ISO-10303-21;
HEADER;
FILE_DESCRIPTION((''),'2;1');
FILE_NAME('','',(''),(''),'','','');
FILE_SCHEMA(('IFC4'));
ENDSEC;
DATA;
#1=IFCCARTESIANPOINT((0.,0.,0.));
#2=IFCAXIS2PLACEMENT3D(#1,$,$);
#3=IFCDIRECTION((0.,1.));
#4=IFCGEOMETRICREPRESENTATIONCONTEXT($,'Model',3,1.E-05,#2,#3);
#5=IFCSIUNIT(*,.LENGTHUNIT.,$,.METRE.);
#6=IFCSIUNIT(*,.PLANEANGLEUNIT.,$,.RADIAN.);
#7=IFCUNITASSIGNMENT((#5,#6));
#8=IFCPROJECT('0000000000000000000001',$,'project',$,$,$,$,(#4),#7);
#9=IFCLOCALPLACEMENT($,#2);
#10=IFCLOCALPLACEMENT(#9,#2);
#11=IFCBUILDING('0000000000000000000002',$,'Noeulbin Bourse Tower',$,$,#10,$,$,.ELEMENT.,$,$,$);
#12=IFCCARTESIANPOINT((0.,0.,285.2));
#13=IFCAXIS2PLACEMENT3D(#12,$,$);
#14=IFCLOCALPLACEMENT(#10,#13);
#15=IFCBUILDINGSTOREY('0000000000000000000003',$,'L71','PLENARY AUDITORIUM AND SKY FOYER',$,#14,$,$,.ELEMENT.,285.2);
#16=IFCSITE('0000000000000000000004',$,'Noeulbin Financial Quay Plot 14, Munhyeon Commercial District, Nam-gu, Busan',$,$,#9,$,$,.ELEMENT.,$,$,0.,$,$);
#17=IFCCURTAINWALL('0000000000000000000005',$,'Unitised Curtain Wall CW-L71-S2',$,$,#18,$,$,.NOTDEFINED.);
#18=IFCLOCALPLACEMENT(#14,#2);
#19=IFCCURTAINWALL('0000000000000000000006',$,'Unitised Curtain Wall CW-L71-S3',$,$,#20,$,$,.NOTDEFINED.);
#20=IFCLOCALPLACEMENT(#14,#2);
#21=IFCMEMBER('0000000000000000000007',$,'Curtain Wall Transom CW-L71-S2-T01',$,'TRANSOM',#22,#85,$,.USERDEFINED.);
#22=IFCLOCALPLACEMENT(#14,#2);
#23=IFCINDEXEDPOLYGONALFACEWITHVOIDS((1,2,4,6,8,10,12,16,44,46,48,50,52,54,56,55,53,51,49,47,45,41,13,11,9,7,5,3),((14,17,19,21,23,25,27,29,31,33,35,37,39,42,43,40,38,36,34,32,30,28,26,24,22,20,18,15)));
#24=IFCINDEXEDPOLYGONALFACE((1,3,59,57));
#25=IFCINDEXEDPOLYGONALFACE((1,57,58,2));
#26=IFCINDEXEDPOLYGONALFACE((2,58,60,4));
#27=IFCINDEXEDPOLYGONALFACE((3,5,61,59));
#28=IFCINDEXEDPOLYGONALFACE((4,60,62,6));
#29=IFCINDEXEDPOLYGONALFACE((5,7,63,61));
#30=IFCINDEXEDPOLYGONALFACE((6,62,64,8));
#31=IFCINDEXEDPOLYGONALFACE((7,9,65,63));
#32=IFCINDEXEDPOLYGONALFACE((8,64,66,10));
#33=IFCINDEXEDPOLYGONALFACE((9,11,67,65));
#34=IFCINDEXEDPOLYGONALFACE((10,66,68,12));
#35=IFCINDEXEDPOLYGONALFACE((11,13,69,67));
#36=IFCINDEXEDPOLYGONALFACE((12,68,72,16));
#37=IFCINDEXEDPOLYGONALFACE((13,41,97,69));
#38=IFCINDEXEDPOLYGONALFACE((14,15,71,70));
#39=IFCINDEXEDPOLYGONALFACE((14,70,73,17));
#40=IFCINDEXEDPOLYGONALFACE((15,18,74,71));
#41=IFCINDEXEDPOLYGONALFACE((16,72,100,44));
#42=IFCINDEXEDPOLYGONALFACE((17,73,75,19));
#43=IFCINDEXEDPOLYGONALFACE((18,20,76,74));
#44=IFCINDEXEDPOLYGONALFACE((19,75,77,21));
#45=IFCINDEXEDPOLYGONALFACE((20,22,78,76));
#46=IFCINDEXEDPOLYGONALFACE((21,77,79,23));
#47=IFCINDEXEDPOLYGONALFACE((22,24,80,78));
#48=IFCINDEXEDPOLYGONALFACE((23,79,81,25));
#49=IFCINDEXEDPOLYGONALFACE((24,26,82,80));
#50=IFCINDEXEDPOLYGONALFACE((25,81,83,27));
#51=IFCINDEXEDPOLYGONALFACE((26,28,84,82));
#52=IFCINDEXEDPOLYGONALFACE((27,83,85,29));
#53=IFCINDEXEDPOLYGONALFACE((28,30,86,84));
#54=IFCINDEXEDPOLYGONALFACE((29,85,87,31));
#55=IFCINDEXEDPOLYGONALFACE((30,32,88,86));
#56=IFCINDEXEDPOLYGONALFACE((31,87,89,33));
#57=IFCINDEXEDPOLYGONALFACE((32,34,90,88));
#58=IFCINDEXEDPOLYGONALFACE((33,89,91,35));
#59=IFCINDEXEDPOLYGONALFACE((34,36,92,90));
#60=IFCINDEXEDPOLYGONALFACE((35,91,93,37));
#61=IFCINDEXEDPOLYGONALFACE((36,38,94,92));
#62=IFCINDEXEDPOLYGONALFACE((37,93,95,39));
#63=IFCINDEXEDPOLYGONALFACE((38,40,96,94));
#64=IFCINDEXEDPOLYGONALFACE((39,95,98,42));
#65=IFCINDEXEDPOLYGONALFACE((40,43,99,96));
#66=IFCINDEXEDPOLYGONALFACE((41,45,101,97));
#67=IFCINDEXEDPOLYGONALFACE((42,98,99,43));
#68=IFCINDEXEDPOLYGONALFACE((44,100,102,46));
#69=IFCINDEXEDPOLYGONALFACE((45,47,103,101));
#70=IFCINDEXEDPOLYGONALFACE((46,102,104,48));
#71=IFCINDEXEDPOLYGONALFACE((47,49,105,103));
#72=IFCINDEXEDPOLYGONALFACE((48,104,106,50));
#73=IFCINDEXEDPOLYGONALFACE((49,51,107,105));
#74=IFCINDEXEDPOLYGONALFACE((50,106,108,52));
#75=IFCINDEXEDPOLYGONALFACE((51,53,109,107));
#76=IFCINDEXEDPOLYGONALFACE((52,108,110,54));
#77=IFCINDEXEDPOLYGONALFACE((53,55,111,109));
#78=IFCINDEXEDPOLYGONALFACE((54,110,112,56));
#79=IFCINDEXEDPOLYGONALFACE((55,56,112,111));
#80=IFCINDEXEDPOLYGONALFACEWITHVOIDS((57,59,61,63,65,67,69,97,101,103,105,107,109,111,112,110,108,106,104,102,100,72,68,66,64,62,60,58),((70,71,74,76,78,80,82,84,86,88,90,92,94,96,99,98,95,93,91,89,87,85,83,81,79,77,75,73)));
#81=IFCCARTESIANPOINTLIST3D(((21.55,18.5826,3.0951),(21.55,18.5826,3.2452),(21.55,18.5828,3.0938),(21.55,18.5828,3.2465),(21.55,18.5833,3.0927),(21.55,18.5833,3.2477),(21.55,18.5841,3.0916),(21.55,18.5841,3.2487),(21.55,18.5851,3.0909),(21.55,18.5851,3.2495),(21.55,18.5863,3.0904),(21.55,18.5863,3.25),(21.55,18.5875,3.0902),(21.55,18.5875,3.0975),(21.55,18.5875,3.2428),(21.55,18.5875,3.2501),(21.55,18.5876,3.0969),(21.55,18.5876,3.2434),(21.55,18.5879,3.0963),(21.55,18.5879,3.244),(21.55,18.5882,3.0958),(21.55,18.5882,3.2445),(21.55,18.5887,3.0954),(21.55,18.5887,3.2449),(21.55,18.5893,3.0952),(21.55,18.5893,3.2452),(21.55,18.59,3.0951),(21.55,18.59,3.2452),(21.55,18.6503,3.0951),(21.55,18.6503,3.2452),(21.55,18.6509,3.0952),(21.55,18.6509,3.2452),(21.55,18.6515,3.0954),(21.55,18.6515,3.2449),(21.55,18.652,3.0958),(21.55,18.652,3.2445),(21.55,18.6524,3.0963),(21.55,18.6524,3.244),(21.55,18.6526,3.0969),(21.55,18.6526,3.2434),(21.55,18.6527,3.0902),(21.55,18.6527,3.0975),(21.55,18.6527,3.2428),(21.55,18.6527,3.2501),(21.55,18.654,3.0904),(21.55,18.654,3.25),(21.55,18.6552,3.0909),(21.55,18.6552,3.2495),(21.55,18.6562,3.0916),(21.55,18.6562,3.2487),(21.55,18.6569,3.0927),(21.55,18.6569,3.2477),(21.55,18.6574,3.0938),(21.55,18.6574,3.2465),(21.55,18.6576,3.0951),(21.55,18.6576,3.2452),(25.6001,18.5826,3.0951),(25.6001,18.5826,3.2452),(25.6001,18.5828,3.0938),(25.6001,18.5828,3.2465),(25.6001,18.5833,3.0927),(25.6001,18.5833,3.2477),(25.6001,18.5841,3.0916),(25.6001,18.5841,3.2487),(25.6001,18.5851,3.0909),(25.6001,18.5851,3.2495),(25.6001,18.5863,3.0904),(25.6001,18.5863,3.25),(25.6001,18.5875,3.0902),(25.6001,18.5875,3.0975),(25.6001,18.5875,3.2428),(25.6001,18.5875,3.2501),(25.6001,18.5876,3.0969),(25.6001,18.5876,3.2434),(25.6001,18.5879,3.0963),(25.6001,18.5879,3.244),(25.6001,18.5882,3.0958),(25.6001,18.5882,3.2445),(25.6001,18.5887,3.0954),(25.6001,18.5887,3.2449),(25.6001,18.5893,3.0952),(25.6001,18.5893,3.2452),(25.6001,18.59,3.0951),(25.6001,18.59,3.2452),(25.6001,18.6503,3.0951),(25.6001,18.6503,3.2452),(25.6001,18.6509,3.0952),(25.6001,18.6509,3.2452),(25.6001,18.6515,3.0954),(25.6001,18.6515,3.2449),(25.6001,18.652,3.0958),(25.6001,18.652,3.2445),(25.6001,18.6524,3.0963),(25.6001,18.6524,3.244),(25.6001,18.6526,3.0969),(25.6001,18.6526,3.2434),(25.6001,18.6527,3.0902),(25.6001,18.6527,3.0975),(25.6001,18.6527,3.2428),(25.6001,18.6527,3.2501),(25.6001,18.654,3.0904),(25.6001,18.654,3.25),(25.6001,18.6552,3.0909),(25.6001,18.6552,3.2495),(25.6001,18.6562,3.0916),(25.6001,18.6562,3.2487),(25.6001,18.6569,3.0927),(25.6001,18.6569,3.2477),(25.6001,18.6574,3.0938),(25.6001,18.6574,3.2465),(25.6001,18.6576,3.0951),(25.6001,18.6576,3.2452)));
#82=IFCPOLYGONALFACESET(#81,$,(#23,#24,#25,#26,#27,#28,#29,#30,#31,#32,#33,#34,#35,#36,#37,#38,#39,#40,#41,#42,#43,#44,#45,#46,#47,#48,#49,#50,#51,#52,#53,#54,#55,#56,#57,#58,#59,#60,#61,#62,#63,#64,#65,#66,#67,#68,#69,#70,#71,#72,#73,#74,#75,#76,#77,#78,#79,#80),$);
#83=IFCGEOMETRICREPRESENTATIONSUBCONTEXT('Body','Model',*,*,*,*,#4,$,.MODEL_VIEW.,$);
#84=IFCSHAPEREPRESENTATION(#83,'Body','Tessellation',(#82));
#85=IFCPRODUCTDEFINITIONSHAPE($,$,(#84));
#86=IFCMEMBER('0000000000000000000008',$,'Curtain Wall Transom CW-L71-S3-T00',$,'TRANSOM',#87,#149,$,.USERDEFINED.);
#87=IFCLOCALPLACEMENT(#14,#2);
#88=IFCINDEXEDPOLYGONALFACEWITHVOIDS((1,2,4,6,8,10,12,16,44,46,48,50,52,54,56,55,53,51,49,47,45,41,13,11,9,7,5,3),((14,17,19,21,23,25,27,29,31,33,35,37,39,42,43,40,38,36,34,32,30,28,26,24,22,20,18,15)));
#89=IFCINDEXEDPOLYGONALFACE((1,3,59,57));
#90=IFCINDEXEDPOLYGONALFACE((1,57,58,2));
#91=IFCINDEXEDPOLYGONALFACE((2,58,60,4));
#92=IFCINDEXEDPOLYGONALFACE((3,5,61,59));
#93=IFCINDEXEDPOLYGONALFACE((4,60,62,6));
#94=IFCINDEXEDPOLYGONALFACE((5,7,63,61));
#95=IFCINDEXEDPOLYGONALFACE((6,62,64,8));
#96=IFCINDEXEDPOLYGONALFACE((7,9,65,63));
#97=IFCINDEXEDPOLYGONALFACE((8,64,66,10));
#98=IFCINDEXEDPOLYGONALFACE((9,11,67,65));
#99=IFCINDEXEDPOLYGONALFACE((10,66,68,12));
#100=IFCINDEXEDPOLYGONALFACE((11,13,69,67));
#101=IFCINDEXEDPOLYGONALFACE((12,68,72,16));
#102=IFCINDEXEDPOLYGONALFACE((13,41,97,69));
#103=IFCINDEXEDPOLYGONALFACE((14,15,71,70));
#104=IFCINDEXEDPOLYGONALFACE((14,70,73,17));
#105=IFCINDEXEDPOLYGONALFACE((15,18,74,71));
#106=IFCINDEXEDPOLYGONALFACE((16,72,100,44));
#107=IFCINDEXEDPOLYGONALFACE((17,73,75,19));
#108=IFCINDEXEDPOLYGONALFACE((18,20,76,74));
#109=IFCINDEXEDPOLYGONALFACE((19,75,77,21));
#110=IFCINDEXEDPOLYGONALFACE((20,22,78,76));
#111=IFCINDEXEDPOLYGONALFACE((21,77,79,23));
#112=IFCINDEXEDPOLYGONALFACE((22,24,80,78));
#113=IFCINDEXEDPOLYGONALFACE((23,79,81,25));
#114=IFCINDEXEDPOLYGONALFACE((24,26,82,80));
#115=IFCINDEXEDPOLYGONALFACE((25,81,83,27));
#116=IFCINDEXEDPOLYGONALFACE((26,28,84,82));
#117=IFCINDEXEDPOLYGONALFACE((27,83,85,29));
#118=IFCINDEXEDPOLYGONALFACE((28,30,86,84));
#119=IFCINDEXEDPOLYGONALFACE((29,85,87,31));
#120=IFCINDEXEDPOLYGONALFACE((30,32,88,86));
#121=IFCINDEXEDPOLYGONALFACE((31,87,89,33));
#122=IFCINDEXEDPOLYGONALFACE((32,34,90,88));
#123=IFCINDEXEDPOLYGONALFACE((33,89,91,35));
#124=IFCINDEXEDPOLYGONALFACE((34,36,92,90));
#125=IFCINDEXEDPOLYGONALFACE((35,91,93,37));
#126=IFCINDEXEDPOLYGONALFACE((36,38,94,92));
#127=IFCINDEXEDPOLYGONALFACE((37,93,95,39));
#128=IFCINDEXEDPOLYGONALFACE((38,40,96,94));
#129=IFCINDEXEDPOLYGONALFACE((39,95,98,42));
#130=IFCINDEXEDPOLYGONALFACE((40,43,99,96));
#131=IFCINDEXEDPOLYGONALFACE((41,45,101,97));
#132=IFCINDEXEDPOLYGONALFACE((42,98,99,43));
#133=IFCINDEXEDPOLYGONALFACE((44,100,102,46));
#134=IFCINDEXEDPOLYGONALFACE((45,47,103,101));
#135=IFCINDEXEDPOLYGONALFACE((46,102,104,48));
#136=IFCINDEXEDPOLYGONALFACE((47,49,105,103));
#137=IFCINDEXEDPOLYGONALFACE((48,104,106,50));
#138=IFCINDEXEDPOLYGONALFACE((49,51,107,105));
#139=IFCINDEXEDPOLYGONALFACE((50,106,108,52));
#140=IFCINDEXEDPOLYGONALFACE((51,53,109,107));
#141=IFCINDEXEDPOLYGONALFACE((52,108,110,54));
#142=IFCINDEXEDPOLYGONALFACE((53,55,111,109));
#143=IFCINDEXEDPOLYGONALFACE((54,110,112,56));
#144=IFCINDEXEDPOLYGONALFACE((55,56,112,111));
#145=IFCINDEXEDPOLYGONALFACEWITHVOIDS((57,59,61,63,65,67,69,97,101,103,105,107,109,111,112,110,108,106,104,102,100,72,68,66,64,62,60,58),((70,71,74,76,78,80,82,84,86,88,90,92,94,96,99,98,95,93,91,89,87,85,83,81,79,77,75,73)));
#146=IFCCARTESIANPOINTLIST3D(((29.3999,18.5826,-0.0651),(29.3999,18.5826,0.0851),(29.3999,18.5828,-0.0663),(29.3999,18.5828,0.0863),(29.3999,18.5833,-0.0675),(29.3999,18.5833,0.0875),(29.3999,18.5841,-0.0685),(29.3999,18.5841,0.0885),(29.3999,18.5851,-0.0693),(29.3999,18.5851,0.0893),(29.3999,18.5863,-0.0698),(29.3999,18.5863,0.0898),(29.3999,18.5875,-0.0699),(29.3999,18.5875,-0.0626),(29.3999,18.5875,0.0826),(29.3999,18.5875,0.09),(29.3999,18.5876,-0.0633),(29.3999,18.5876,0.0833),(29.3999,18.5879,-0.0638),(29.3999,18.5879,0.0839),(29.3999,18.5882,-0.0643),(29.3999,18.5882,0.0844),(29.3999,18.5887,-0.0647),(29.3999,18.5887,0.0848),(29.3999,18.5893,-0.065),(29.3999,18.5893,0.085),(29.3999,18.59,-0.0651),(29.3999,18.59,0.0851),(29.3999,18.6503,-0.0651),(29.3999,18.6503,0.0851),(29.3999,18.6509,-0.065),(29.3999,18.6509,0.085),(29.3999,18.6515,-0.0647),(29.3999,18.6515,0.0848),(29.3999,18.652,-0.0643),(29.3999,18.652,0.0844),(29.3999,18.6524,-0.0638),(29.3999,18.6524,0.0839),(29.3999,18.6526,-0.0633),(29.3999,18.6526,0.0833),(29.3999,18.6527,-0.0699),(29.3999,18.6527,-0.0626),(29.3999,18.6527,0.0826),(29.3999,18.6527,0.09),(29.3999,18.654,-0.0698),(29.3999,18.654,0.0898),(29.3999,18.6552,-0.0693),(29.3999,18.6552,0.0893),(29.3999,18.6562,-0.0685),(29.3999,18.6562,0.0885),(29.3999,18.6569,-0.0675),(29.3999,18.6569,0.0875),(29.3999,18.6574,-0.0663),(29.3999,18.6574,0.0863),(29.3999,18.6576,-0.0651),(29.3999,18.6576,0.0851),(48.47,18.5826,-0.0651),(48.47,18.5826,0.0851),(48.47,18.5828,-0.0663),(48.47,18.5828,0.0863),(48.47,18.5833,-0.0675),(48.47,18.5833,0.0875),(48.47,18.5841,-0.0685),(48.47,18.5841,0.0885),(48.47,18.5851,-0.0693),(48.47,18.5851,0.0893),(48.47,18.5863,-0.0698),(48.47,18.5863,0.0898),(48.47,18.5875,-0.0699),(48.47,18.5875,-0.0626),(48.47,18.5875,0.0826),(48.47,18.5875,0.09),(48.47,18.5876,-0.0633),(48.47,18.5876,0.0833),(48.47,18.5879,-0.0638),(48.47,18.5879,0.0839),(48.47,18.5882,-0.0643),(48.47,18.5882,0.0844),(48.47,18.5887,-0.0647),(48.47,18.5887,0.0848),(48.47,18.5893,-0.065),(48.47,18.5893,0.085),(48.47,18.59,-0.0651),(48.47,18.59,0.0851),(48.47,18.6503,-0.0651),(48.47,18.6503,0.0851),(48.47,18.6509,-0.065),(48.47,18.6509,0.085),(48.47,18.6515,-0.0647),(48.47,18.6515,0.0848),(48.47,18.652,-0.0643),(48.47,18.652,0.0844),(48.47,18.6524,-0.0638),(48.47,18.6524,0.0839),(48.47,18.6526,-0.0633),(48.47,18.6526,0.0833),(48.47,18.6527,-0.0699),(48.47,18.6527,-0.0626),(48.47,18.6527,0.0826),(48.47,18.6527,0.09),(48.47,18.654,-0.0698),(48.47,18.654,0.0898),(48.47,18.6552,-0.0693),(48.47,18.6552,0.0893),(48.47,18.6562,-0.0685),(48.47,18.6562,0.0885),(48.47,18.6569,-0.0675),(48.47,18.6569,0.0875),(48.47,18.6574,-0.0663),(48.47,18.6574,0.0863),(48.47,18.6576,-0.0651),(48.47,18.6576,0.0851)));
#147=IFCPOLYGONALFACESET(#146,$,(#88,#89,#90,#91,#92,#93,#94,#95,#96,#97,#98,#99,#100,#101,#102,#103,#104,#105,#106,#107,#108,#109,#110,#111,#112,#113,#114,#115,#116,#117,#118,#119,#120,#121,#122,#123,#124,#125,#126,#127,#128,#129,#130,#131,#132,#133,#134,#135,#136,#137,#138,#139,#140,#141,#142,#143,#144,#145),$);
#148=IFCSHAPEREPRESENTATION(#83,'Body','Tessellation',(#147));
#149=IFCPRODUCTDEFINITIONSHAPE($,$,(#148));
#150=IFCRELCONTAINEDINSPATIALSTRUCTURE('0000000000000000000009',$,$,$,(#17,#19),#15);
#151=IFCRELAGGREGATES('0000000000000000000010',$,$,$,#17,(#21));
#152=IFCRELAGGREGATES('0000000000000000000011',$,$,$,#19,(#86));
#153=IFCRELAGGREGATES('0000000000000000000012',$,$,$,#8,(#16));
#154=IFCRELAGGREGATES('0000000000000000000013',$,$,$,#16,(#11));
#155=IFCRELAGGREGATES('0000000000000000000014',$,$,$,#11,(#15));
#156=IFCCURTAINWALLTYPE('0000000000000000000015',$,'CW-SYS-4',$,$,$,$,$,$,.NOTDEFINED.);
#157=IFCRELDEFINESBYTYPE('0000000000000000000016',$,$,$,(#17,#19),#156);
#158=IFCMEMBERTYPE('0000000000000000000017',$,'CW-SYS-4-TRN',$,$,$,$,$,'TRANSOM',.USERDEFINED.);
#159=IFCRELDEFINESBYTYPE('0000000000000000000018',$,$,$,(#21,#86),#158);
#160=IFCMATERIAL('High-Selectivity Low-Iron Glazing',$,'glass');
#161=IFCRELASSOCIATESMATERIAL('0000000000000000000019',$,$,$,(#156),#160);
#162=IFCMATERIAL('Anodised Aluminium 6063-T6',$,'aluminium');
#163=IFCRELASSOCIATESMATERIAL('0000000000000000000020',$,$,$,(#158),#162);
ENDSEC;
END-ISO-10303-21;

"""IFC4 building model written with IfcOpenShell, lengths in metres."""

from ifc_helpers import new_model, si_unit, direction, frame, origin, origin_2d, place, context, subcontext, project, spatial, hollow_rectangle, extrude, material, material_profile, profile_set, type_object, element, aggregate, save


model = new_model("IFC4")

# Units and contexts
model_context = context("Model", 3, precision=1e-05, world=origin(), true_north=direction((0.0, 1.0)))
body_context = subcontext(model_context, "Body", "Model", "MODEL_VIEW")
ifc_project = project(units=[si_unit("LENGTHUNIT", "METRE"), si_unit("PLANEANGLEUNIT", "RADIAN")], contexts=[model_context])

# Site, building, storey
site_placement = place(None, origin())
site = spatial("IfcSite", under=ifc_project, at=site_placement, Name="Noeulbin Financial Quay Plot 14, Munhyeon Commercial District, Nam-gu, Busan", CompositionType="ELEMENT", RefElevation=0.0)
building_placement = place(site_placement, origin())
building = spatial("IfcBuilding", under=site, at=building_placement, Name="Noeulbin Bourse Tower", CompositionType="ELEMENT")
storey_placement = place(building_placement, frame((0.0, 0.0, 285.2)))
storey = spatial("IfcBuildingStorey", under=building, at=storey_placement, Name="L71", Description="PLENARY AUDITORIUM AND SKY FOYER", CompositionType="ELEMENT", Elevation=285.2)

# Shared definitions
ifc_material_1 = material(Name="High-Selectivity Low-Iron Glazing", Category="glass")
curtain_wall_type = type_object("IfcCurtainWallType", Name="CW-SYS-4", PredefinedType="NOTDEFINED", material=ifc_material_1)
ifc_material_2 = material(Name="Anodised Aluminium 6063-T6", Category="aluminium")

# Curtain walls
curtain_wall_1_placement = place(storey_placement, origin())
curtain_wall_1 = element("IfcCurtainWall", 1, at=curtain_wall_1_placement, inside=storey, type_object=curtain_wall_type, Name="Unitised Curtain Wall CW-L71-S2", PredefinedType="NOTDEFINED")
curtain_wall_2_placement = place(storey_placement, origin())
curtain_wall_2 = element("IfcCurtainWall", 2, at=curtain_wall_2_placement, inside=storey, type_object=curtain_wall_type, Name="Unitised Curtain Wall CW-L71-S3", PredefinedType="NOTDEFINED")

# Members
ifc_material_profile_1 = material_profile(ifc_material_2, hollow_rectangle(XDim=0.075, YDim=0.1599, WallThickness=0.0049, InnerFilletRadius=0.0024, OuterFilletRadius=0.0049, at=origin_2d()), Name="ALU-TRAN-75x160x5", Category="LoadBearing")
ifc_profile_set_1 = profile_set([ifc_material_profile_1], Name="Anodised Aluminium 6063-T6")
member_type_1 = type_object("IfcMemberType", Name="CW-SYS-4-TRN", ElementType="TRANSOM", PredefinedType="USERDEFINED", material=ifc_profile_set_1)
member_1_placement = place(storey_placement, frame((21.55, 18.6201, 3.1702), z_axis=(1.0, 0.0, 0.0), x_axis=(0.0, 1.0, 0.0)))
member_1 = element("IfcMember", 3, at=member_1_placement, type_object=member_type_1, Name="Curtain Wall Transom CW-L71-S2-T01", ObjectType="TRANSOM", PredefinedType="USERDEFINED", context=body_context, shape_type="SweptSolid", body=[
    extrude(hollow_rectangle(XDim=0.075, YDim=0.1599, WallThickness=0.0049, InnerFilletRadius=0.0024, OuterFilletRadius=0.0049, at=origin_2d()), origin(), (0.0, 0.0, 1.0), 4.05),
])
member_2_placement = place(storey_placement, frame((29.3999, 18.6201, 0.01), z_axis=(1.0, 0.0, 0.0), x_axis=(0.0, 1.0, 0.0)))
member_2 = element("IfcMember", 4, at=member_2_placement, type_object=member_type_1, Name="Curtain Wall Transom CW-L71-S3-T00", ObjectType="TRANSOM", PredefinedType="USERDEFINED", context=body_context, shape_type="SweptSolid", body=[
    extrude(hollow_rectangle(XDim=0.075, YDim=0.1599, WallThickness=0.0049, InnerFilletRadius=0.0024, OuterFilletRadius=0.0049, at=origin_2d()), origin(), (0.0, 0.0, 1.0), 19.0701),
])

aggregate(curtain_wall_1, [member_1])
aggregate(curtain_wall_2, [member_2])

save(model, "model.ifc")
